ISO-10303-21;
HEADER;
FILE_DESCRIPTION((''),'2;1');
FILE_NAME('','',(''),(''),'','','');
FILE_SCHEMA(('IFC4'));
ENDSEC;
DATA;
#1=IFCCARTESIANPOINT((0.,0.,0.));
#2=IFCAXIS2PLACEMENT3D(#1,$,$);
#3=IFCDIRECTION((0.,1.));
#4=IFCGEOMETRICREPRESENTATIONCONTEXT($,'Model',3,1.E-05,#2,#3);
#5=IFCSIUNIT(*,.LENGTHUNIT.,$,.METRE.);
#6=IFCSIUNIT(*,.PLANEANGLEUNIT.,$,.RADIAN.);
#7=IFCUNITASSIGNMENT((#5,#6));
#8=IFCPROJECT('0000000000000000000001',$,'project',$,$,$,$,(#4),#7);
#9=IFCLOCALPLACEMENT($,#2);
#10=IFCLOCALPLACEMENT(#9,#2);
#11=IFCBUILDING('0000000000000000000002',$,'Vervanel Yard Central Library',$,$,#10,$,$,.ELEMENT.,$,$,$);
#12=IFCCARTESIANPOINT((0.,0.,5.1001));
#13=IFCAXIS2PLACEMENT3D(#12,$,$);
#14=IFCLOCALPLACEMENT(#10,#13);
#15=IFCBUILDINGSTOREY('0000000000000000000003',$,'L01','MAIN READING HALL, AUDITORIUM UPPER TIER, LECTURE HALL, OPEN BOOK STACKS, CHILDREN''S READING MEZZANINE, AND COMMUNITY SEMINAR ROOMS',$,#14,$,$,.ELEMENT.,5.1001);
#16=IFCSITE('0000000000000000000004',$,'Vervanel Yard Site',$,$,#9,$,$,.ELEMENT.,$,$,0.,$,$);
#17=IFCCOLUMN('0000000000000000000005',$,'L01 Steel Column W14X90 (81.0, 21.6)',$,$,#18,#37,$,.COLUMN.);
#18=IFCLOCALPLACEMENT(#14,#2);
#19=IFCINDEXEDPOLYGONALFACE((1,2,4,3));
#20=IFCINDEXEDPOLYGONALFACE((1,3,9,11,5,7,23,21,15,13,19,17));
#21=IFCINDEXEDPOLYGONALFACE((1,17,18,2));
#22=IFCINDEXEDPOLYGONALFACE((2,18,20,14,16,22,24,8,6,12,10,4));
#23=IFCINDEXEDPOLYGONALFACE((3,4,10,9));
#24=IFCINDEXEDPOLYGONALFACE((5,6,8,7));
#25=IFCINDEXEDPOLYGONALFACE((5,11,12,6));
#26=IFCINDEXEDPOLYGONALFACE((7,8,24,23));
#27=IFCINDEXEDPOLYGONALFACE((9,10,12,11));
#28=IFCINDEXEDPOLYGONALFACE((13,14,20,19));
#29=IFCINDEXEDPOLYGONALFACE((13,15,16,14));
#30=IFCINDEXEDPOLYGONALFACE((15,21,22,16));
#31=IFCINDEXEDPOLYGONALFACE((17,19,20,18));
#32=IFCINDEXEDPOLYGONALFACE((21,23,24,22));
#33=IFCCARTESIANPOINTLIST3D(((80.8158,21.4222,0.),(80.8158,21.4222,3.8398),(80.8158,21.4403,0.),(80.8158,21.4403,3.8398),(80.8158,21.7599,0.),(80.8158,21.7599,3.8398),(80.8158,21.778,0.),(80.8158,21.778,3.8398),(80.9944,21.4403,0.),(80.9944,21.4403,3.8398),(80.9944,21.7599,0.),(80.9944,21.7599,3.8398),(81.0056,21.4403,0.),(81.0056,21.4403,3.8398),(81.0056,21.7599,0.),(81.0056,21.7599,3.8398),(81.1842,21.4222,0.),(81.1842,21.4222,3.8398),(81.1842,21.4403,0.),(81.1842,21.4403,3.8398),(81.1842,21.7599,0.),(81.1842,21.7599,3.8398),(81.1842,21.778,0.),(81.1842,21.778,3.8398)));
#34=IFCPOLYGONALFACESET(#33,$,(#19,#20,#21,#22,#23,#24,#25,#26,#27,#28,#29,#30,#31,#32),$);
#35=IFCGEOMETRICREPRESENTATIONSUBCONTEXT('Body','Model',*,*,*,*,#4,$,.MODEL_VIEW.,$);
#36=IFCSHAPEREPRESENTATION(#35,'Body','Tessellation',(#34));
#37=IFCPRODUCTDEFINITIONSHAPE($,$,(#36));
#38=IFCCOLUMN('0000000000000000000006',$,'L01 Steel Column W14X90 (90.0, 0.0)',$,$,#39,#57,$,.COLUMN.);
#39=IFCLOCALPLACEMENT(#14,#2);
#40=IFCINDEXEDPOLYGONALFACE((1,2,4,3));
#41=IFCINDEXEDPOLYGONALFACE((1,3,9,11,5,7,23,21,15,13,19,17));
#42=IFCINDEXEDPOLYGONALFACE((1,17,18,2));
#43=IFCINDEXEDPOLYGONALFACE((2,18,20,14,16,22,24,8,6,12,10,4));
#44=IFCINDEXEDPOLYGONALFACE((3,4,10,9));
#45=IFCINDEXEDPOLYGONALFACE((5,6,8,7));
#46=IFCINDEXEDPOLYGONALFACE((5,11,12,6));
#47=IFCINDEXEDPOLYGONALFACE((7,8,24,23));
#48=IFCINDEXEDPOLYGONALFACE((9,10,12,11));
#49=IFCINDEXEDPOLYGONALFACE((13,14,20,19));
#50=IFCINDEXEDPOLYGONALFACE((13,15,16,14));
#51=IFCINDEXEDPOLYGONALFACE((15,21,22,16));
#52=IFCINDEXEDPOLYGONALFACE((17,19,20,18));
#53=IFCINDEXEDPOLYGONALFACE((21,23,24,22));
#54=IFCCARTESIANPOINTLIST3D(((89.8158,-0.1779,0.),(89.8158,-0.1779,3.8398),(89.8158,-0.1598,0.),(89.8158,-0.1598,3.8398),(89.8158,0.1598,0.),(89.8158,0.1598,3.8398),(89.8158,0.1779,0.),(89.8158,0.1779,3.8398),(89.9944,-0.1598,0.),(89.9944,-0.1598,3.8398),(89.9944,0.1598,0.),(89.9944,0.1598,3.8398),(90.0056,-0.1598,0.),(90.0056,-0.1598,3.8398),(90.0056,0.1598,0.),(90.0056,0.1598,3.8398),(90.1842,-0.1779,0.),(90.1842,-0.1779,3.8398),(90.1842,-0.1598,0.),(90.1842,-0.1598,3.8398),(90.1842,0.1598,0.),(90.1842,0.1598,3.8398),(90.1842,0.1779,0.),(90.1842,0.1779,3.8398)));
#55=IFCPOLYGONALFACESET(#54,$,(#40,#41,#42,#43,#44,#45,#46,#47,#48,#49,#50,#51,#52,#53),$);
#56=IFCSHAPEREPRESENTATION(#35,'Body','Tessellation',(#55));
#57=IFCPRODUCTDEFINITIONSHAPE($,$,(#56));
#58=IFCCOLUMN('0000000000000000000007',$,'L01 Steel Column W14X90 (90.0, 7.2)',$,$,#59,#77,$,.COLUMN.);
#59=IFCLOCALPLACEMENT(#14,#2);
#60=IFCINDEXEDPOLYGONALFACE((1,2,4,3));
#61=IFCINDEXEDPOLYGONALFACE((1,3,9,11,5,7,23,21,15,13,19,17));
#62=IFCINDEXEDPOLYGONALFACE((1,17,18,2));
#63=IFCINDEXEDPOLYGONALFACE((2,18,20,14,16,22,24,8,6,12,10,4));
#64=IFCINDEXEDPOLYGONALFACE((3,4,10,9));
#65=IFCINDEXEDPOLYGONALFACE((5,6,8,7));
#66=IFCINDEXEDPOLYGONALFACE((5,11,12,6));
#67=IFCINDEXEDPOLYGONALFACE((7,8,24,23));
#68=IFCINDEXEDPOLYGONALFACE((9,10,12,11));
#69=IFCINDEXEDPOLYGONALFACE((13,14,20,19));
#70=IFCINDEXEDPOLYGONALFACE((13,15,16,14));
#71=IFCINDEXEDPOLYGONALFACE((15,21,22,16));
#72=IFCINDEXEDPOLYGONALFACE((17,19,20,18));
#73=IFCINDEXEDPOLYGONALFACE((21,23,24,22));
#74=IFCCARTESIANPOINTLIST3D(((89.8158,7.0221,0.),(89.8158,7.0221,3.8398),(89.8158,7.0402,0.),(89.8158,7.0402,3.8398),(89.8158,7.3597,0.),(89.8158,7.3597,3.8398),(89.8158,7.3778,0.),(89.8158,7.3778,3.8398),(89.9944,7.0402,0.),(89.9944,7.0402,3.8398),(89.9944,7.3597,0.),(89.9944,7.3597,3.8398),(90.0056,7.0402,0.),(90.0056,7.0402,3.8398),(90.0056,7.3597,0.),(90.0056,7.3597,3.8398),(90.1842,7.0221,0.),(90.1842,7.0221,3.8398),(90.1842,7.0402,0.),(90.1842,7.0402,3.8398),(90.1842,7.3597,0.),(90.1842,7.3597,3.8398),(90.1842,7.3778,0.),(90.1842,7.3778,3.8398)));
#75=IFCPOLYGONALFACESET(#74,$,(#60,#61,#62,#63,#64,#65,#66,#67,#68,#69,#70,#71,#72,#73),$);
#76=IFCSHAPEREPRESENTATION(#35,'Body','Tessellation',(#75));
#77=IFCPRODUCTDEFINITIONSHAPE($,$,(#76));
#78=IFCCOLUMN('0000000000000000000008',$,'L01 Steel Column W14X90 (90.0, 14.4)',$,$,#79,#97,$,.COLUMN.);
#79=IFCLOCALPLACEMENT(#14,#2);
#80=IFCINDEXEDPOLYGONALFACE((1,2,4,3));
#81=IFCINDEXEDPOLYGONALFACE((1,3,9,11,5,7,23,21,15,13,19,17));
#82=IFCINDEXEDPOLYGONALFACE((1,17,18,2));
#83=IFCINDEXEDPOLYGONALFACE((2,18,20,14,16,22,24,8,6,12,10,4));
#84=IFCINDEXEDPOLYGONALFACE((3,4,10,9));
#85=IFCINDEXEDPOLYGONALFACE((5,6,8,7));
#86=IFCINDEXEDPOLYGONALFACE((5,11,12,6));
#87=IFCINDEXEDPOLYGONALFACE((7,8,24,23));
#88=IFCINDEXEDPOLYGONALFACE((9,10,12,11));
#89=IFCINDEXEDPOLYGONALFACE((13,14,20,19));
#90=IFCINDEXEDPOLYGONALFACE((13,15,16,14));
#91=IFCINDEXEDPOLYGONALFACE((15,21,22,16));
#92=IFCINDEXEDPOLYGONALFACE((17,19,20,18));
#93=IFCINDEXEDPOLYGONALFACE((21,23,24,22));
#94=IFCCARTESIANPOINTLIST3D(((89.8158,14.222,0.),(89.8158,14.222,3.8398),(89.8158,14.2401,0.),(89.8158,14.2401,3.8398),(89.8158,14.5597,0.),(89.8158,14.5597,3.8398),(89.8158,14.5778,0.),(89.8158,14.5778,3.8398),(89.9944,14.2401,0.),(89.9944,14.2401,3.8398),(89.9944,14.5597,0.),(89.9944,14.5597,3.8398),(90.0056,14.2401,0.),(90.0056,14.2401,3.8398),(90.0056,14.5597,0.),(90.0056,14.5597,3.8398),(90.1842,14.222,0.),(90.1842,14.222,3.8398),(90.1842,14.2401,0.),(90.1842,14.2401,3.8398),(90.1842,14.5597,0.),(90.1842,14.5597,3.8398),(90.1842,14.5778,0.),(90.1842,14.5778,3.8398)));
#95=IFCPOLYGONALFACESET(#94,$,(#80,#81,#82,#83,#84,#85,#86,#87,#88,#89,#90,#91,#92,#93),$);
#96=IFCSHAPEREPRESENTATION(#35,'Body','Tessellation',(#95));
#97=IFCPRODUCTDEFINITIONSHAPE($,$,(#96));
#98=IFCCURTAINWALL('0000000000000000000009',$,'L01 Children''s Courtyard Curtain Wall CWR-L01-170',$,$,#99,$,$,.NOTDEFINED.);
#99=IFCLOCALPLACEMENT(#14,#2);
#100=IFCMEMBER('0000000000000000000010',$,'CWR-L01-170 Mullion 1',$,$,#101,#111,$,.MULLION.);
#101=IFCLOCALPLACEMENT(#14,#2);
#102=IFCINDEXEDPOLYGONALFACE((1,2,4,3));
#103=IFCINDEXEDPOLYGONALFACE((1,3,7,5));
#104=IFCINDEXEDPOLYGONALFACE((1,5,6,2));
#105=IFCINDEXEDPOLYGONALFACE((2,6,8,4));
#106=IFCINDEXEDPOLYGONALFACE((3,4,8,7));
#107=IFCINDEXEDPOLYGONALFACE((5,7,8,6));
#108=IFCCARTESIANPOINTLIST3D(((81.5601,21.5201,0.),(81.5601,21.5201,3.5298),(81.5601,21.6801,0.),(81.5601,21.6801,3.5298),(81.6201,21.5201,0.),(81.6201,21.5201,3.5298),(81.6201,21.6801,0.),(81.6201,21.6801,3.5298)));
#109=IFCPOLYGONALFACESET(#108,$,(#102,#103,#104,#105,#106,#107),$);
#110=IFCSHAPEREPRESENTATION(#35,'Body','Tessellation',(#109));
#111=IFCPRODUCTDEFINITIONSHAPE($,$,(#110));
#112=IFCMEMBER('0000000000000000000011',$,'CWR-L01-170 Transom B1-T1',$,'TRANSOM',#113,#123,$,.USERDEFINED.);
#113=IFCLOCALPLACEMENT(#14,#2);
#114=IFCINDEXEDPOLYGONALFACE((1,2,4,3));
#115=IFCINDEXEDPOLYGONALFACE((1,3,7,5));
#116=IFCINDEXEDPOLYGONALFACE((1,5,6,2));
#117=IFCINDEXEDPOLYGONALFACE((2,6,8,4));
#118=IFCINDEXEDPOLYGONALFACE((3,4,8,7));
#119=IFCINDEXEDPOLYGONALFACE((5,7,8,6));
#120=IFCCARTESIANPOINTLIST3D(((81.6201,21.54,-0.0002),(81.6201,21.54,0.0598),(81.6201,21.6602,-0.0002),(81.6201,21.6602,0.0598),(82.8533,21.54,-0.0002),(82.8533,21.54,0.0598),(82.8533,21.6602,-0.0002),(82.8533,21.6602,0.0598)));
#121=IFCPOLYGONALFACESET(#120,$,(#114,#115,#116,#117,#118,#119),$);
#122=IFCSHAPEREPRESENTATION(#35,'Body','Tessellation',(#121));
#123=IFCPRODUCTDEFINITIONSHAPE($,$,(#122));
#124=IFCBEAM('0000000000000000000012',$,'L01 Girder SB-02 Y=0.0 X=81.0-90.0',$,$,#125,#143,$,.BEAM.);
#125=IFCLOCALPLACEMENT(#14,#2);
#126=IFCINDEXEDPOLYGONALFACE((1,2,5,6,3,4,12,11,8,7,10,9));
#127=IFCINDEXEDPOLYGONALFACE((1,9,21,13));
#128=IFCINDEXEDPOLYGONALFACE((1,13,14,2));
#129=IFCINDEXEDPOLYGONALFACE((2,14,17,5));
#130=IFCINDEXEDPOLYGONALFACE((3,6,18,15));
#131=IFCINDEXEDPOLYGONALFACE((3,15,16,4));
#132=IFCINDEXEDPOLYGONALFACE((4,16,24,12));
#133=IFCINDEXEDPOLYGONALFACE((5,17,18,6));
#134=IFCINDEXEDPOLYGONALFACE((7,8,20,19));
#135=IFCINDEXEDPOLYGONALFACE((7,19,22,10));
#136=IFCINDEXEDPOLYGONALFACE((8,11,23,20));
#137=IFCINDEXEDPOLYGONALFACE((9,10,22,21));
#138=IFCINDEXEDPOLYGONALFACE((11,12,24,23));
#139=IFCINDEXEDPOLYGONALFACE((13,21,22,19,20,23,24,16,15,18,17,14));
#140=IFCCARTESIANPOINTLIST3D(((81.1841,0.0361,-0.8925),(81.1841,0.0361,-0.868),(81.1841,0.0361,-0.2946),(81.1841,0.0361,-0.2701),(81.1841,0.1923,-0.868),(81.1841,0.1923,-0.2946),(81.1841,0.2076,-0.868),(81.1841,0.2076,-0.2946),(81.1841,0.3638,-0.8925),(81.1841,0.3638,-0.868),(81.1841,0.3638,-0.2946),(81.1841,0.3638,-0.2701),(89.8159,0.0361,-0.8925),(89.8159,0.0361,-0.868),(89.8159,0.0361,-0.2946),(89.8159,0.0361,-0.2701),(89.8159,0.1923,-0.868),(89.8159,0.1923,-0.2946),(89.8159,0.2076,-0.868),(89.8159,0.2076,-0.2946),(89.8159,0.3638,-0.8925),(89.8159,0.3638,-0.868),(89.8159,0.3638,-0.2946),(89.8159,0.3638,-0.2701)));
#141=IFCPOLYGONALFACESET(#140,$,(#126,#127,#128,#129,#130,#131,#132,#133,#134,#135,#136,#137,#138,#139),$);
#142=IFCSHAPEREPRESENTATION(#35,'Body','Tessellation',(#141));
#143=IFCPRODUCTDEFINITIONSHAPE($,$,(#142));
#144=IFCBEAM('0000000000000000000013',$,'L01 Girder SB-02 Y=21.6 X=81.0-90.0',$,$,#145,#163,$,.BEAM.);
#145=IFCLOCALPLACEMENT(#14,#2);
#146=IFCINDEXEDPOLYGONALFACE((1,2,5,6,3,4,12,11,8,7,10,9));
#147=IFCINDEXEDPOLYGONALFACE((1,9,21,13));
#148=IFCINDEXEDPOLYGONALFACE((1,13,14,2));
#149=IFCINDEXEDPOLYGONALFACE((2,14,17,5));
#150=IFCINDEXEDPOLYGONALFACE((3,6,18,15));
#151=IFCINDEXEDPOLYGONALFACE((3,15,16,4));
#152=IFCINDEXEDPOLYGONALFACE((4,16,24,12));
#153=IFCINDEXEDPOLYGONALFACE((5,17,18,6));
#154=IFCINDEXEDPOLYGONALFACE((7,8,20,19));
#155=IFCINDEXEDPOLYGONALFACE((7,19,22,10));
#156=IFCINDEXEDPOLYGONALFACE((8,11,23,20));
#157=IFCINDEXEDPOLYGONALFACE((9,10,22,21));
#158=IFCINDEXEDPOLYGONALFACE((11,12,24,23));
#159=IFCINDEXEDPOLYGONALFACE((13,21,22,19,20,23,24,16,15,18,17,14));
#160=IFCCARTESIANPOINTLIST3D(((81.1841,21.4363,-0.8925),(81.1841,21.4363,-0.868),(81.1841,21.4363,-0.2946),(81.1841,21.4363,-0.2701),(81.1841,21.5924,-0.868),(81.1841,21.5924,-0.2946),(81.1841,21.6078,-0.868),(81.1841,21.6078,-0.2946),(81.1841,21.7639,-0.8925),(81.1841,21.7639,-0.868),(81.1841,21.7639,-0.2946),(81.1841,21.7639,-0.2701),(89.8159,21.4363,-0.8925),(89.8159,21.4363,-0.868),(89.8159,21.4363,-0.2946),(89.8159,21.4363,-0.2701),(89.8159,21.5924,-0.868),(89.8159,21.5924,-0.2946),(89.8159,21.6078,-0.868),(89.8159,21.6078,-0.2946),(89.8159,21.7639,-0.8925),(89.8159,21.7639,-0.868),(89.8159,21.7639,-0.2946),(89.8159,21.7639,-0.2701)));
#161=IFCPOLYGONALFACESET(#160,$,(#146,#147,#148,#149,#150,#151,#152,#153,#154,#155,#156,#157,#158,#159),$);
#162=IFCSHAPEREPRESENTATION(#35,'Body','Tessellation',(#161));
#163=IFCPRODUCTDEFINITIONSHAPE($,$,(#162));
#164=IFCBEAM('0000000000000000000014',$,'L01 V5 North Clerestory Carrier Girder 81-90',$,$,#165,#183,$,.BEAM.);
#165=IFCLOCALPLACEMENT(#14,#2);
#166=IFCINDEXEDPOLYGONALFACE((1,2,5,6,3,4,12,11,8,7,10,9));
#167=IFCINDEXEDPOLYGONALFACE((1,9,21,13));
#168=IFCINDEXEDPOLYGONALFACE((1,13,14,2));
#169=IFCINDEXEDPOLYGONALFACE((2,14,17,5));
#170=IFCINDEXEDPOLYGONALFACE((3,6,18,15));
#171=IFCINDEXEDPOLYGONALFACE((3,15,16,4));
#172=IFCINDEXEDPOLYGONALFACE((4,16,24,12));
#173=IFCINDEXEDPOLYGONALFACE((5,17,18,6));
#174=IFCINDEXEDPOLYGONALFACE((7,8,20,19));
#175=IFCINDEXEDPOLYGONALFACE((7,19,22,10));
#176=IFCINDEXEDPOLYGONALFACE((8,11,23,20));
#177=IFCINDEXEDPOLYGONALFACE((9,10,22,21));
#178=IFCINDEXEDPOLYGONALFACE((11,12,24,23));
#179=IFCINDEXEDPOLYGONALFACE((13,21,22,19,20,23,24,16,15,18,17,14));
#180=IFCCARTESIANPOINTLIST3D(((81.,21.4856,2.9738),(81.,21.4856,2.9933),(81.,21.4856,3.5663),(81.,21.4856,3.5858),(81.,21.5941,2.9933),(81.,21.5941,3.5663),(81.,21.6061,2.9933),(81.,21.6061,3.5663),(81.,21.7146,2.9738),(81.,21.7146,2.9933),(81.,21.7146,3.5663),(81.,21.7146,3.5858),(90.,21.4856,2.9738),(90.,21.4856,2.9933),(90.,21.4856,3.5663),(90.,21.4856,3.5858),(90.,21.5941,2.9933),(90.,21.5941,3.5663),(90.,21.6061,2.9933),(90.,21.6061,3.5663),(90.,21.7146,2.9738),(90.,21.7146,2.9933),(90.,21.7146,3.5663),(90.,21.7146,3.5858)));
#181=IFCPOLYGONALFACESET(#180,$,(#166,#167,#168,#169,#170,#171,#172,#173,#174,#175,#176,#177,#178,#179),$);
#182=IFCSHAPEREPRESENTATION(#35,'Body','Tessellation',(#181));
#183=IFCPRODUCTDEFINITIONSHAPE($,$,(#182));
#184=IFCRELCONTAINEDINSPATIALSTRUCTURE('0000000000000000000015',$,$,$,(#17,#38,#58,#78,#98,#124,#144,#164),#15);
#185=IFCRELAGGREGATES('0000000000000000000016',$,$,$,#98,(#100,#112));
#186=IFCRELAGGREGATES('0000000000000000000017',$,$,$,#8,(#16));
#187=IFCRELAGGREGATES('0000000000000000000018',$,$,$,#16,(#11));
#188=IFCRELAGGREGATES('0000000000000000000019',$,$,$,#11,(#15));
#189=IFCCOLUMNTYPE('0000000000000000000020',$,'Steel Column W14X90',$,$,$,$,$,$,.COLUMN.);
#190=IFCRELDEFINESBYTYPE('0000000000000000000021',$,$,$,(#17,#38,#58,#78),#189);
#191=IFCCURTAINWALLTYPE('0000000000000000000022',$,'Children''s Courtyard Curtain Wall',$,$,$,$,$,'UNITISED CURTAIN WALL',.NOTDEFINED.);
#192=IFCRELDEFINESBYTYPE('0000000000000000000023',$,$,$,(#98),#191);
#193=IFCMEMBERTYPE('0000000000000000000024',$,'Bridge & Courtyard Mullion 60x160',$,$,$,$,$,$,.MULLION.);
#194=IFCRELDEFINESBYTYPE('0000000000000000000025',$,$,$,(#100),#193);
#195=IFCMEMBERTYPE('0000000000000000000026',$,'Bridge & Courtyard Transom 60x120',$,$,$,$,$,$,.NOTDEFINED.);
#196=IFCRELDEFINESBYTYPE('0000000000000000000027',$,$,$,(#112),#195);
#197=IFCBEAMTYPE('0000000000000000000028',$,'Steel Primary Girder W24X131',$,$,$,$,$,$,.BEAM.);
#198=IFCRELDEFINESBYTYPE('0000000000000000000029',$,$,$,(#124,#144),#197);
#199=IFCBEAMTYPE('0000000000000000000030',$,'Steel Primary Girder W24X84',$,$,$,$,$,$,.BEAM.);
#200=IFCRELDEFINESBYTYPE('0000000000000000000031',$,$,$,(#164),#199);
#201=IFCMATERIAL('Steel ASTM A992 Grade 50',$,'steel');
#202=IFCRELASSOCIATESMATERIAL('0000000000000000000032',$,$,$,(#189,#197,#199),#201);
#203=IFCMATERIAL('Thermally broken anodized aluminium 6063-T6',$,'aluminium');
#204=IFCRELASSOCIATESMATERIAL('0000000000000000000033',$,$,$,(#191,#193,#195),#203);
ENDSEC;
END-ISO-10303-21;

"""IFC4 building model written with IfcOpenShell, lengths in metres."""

from ifc_helpers import new_model, si_unit, direction, frame, origin, origin_2d, place, context, subcontext, project, spatial, rectangle, i_section, extrude, material, material_profile, profile_set, type_object, element, aggregate, save


model = new_model("IFC4")

# Units and contexts
model_context = context("Model", 3, precision=1e-05, world=origin(), true_north=direction((0.0, 1.0)))
body_context = subcontext(model_context, "Body", "Model", "MODEL_VIEW")
ifc_project = project(units=[si_unit("LENGTHUNIT", "METRE"), si_unit("PLANEANGLEUNIT", "RADIAN")], contexts=[model_context])

# Site, building, storey
site_placement = place(None, origin())
site = spatial("IfcSite", under=ifc_project, at=site_placement, Name="Vervanel Yard Site", CompositionType="ELEMENT", RefElevation=0.0)
building_placement = place(site_placement, origin())
building = spatial("IfcBuilding", under=site, at=building_placement, Name="Vervanel Yard Central Library", CompositionType="ELEMENT")
storey_placement = place(building_placement, frame((0.0, 0.0, 5.1001)))
storey = spatial("IfcBuildingStorey", under=building, at=storey_placement, Name="L01", Description="MAIN READING HALL, AUDITORIUM UPPER TIER, LECTURE HALL, OPEN BOOK STACKS, CHILDREN'S READING MEZZANINE, AND COMMUNITY SEMINAR ROOMS", CompositionType="ELEMENT", Elevation=5.1001)

# Columns
ifc_material_1 = material(Name="Steel ASTM A992 Grade 50", Category="steel")
ifc_material_profile_1 = material_profile(ifc_material_1, i_section(OverallWidth=0.3684, OverallDepth=0.3557, WebThickness=0.0112, FlangeThickness=0.0181, at=origin_2d()), Name="W14X90", Category="steel")
ifc_profile_set_1 = profile_set([ifc_material_profile_1], Name="Steel ASTM A992 Grade 50")
column_type = type_object("IfcColumnType", Name="Steel Column W14X90", PredefinedType="COLUMN", material=ifc_profile_set_1)
for number, where, z_axis, x_axis, name in (
    (1, (81.0, 21.6001, 0.0), (0.0, 0.0, 1.0), (1.0, 0.0, 0.0), "L01 Steel Column W14X90 (81.0, 21.6)"),
    (2, (90.0, 0.0, 0.0), (0.0, 0.0, 1.0), (1.0, 0.0, 0.0), "L01 Steel Column W14X90 (90.0, 0.0)"),
    (3, (90.0, 7.2, 0.0), (0.0, 0.0, 1.0), (1.0, 0.0, 0.0), "L01 Steel Column W14X90 (90.0, 7.2)"),
    (4, (90.0, 14.3999, 0.0), (0.0, 0.0, 1.0), (1.0, 0.0, 0.0), "L01 Steel Column W14X90 (90.0, 14.4)"),
):
    element("IfcColumn", number, at=place(storey_placement, frame(where, z_axis=z_axis, x_axis=x_axis)), inside=storey, type_object=column_type, Name=name, PredefinedType="COLUMN", context=body_context, shape_type="SweptSolid", body=[
        extrude(i_section(OverallWidth=0.3684, OverallDepth=0.3557, WebThickness=0.0112, FlangeThickness=0.0181, at=origin_2d()), origin(), (0.0, 0.0, 1.0), 3.8398),
    ])

# Curtain wall, members
ifc_material_2 = material(Name="Thermally broken anodized aluminium 6063-T6", Category="aluminium")
curtain_wall_type = type_object("IfcCurtainWallType", Name="Children's Courtyard Curtain Wall", ElementType="UNITISED CURTAIN WALL", PredefinedType="NOTDEFINED", material=ifc_material_2)
curtain_wall_placement = place(storey_placement, origin())
curtain_wall = element("IfcCurtainWall", 5, at=curtain_wall_placement, inside=storey, type_object=curtain_wall_type, Name="L01 Children's Courtyard Curtain Wall CWR-L01-170", PredefinedType="NOTDEFINED")
ifc_material_profile_2 = material_profile(ifc_material_2, rectangle(XDim=0.0601, YDim=0.1599, at=origin_2d()), Name="ALU 60x160", Category="aluminium")
ifc_profile_set_2 = profile_set([ifc_material_profile_2], Name="Thermally broken anodized aluminium 6063-T6")
member_type_1 = type_object("IfcMemberType", Name="Bridge & Courtyard Mullion 60x160", PredefinedType="MULLION", material=ifc_profile_set_2)
member_1_placement = place(storey_placement, frame((81.5901, 21.6001, 0.0), z_axis=(0.0, 0.0, 1.0), x_axis=(1.0, 0.0, 0.0)))
member_1 = element("IfcMember", 6, at=member_1_placement, type_object=member_type_1, Name="CWR-L01-170 Mullion 1", PredefinedType="MULLION", context=body_context, shape_type="SweptSolid", body=[
    extrude(rectangle(XDim=0.0601, YDim=0.1599, at=origin_2d()), origin(), (0.0, 0.0, 1.0), 3.5298),
])
ifc_material_profile_3 = material_profile(ifc_material_2, rectangle(XDim=0.0601, YDim=0.1201, at=origin_2d()), Name="ALU 60x120", Category="aluminium")
ifc_profile_set_3 = profile_set([ifc_material_profile_3], Name="Thermally broken anodized aluminium 6063-T6")
member_type_2 = type_object("IfcMemberType", Name="Bridge & Courtyard Transom 60x120", PredefinedType="NOTDEFINED", material=ifc_profile_set_3)
member_2_placement = place(storey_placement, frame((81.6201, 21.6001, 0.0298), z_axis=(1.0, 0.0, 0.0), x_axis=(0.0, 0.0, 1.0)))
member_2 = element("IfcMember", 7, at=member_2_placement, type_object=member_type_2, Name="CWR-L01-170 Transom B1-T1", ObjectType="TRANSOM", PredefinedType="USERDEFINED", context=body_context, shape_type="SweptSolid", body=[
    extrude(rectangle(XDim=0.0601, YDim=0.1201, at=origin_2d()), origin(), (0.0, 0.0, 1.0), 1.2332),
])
aggregate(curtain_wall, [member_1, member_2])

# Beams
ifc_material_profile_4 = material_profile(ifc_material_1, i_section(OverallWidth=0.3276, OverallDepth=0.6223, WebThickness=0.0154, FlangeThickness=0.0244, at=origin_2d()), Name="W24X131", Category="steel")
ifc_profile_set_4 = profile_set([ifc_material_profile_4], Name="Steel ASTM A992 Grade 50")
beam_type_1 = type_object("IfcBeamType", Name="Steel Primary Girder W24X131", PredefinedType="BEAM", material=ifc_profile_set_4)
for number, where, z_axis, x_axis, name in (
    (8, (81.1841, 0.2, -0.5813), (1.0, 0.0, 0.0), (0.0, 1.0, 0.0), "L01 Girder SB-02 Y=0.0 X=81.0-90.0"),
    (9, (81.1841, 21.6001, -0.5813), (1.0, 0.0, 0.0), (0.0, 1.0, 0.0), "L01 Girder SB-02 Y=21.6 X=81.0-90.0"),
):
    element("IfcBeam", number, at=place(storey_placement, frame(where, z_axis=z_axis, x_axis=x_axis)), inside=storey, type_object=beam_type_1, Name=name, PredefinedType="BEAM", context=body_context, shape_type="SweptSolid", body=[
        extrude(i_section(OverallWidth=0.3276, OverallDepth=0.6223, WebThickness=0.0154, FlangeThickness=0.0244, at=origin_2d()), origin(), (0.0, 0.0, 1.0), 8.6318),
    ])
ifc_material_profile_5 = material_profile(ifc_material_1, i_section(OverallWidth=0.229, OverallDepth=0.6121, WebThickness=0.012, FlangeThickness=0.0195, at=origin_2d()), Name="W24X84", Category="steel")
ifc_profile_set_5 = profile_set([ifc_material_profile_5], Name="Steel ASTM A992 Grade 50")
beam_type_2 = type_object("IfcBeamType", Name="Steel Primary Girder W24X84", PredefinedType="BEAM", material=ifc_profile_set_5)
beam_1_placement = place(storey_placement, frame((81.0, 21.6001, 3.2798), z_axis=(1.0, 0.0, 0.0), x_axis=(0.0, 1.0, 0.0)))
element("IfcBeam", 10, at=beam_1_placement, inside=storey, type_object=beam_type_2, Name="L01 V5 North Clerestory Carrier Girder 81-90", PredefinedType="BEAM", context=body_context, shape_type="SweptSolid", body=[
    extrude(i_section(OverallWidth=0.229, OverallDepth=0.6121, WebThickness=0.012, FlangeThickness=0.0195, at=origin_2d()), origin(), (0.0, 0.0, 1.0), 9.0),
])

save(model, "model.ifc")
